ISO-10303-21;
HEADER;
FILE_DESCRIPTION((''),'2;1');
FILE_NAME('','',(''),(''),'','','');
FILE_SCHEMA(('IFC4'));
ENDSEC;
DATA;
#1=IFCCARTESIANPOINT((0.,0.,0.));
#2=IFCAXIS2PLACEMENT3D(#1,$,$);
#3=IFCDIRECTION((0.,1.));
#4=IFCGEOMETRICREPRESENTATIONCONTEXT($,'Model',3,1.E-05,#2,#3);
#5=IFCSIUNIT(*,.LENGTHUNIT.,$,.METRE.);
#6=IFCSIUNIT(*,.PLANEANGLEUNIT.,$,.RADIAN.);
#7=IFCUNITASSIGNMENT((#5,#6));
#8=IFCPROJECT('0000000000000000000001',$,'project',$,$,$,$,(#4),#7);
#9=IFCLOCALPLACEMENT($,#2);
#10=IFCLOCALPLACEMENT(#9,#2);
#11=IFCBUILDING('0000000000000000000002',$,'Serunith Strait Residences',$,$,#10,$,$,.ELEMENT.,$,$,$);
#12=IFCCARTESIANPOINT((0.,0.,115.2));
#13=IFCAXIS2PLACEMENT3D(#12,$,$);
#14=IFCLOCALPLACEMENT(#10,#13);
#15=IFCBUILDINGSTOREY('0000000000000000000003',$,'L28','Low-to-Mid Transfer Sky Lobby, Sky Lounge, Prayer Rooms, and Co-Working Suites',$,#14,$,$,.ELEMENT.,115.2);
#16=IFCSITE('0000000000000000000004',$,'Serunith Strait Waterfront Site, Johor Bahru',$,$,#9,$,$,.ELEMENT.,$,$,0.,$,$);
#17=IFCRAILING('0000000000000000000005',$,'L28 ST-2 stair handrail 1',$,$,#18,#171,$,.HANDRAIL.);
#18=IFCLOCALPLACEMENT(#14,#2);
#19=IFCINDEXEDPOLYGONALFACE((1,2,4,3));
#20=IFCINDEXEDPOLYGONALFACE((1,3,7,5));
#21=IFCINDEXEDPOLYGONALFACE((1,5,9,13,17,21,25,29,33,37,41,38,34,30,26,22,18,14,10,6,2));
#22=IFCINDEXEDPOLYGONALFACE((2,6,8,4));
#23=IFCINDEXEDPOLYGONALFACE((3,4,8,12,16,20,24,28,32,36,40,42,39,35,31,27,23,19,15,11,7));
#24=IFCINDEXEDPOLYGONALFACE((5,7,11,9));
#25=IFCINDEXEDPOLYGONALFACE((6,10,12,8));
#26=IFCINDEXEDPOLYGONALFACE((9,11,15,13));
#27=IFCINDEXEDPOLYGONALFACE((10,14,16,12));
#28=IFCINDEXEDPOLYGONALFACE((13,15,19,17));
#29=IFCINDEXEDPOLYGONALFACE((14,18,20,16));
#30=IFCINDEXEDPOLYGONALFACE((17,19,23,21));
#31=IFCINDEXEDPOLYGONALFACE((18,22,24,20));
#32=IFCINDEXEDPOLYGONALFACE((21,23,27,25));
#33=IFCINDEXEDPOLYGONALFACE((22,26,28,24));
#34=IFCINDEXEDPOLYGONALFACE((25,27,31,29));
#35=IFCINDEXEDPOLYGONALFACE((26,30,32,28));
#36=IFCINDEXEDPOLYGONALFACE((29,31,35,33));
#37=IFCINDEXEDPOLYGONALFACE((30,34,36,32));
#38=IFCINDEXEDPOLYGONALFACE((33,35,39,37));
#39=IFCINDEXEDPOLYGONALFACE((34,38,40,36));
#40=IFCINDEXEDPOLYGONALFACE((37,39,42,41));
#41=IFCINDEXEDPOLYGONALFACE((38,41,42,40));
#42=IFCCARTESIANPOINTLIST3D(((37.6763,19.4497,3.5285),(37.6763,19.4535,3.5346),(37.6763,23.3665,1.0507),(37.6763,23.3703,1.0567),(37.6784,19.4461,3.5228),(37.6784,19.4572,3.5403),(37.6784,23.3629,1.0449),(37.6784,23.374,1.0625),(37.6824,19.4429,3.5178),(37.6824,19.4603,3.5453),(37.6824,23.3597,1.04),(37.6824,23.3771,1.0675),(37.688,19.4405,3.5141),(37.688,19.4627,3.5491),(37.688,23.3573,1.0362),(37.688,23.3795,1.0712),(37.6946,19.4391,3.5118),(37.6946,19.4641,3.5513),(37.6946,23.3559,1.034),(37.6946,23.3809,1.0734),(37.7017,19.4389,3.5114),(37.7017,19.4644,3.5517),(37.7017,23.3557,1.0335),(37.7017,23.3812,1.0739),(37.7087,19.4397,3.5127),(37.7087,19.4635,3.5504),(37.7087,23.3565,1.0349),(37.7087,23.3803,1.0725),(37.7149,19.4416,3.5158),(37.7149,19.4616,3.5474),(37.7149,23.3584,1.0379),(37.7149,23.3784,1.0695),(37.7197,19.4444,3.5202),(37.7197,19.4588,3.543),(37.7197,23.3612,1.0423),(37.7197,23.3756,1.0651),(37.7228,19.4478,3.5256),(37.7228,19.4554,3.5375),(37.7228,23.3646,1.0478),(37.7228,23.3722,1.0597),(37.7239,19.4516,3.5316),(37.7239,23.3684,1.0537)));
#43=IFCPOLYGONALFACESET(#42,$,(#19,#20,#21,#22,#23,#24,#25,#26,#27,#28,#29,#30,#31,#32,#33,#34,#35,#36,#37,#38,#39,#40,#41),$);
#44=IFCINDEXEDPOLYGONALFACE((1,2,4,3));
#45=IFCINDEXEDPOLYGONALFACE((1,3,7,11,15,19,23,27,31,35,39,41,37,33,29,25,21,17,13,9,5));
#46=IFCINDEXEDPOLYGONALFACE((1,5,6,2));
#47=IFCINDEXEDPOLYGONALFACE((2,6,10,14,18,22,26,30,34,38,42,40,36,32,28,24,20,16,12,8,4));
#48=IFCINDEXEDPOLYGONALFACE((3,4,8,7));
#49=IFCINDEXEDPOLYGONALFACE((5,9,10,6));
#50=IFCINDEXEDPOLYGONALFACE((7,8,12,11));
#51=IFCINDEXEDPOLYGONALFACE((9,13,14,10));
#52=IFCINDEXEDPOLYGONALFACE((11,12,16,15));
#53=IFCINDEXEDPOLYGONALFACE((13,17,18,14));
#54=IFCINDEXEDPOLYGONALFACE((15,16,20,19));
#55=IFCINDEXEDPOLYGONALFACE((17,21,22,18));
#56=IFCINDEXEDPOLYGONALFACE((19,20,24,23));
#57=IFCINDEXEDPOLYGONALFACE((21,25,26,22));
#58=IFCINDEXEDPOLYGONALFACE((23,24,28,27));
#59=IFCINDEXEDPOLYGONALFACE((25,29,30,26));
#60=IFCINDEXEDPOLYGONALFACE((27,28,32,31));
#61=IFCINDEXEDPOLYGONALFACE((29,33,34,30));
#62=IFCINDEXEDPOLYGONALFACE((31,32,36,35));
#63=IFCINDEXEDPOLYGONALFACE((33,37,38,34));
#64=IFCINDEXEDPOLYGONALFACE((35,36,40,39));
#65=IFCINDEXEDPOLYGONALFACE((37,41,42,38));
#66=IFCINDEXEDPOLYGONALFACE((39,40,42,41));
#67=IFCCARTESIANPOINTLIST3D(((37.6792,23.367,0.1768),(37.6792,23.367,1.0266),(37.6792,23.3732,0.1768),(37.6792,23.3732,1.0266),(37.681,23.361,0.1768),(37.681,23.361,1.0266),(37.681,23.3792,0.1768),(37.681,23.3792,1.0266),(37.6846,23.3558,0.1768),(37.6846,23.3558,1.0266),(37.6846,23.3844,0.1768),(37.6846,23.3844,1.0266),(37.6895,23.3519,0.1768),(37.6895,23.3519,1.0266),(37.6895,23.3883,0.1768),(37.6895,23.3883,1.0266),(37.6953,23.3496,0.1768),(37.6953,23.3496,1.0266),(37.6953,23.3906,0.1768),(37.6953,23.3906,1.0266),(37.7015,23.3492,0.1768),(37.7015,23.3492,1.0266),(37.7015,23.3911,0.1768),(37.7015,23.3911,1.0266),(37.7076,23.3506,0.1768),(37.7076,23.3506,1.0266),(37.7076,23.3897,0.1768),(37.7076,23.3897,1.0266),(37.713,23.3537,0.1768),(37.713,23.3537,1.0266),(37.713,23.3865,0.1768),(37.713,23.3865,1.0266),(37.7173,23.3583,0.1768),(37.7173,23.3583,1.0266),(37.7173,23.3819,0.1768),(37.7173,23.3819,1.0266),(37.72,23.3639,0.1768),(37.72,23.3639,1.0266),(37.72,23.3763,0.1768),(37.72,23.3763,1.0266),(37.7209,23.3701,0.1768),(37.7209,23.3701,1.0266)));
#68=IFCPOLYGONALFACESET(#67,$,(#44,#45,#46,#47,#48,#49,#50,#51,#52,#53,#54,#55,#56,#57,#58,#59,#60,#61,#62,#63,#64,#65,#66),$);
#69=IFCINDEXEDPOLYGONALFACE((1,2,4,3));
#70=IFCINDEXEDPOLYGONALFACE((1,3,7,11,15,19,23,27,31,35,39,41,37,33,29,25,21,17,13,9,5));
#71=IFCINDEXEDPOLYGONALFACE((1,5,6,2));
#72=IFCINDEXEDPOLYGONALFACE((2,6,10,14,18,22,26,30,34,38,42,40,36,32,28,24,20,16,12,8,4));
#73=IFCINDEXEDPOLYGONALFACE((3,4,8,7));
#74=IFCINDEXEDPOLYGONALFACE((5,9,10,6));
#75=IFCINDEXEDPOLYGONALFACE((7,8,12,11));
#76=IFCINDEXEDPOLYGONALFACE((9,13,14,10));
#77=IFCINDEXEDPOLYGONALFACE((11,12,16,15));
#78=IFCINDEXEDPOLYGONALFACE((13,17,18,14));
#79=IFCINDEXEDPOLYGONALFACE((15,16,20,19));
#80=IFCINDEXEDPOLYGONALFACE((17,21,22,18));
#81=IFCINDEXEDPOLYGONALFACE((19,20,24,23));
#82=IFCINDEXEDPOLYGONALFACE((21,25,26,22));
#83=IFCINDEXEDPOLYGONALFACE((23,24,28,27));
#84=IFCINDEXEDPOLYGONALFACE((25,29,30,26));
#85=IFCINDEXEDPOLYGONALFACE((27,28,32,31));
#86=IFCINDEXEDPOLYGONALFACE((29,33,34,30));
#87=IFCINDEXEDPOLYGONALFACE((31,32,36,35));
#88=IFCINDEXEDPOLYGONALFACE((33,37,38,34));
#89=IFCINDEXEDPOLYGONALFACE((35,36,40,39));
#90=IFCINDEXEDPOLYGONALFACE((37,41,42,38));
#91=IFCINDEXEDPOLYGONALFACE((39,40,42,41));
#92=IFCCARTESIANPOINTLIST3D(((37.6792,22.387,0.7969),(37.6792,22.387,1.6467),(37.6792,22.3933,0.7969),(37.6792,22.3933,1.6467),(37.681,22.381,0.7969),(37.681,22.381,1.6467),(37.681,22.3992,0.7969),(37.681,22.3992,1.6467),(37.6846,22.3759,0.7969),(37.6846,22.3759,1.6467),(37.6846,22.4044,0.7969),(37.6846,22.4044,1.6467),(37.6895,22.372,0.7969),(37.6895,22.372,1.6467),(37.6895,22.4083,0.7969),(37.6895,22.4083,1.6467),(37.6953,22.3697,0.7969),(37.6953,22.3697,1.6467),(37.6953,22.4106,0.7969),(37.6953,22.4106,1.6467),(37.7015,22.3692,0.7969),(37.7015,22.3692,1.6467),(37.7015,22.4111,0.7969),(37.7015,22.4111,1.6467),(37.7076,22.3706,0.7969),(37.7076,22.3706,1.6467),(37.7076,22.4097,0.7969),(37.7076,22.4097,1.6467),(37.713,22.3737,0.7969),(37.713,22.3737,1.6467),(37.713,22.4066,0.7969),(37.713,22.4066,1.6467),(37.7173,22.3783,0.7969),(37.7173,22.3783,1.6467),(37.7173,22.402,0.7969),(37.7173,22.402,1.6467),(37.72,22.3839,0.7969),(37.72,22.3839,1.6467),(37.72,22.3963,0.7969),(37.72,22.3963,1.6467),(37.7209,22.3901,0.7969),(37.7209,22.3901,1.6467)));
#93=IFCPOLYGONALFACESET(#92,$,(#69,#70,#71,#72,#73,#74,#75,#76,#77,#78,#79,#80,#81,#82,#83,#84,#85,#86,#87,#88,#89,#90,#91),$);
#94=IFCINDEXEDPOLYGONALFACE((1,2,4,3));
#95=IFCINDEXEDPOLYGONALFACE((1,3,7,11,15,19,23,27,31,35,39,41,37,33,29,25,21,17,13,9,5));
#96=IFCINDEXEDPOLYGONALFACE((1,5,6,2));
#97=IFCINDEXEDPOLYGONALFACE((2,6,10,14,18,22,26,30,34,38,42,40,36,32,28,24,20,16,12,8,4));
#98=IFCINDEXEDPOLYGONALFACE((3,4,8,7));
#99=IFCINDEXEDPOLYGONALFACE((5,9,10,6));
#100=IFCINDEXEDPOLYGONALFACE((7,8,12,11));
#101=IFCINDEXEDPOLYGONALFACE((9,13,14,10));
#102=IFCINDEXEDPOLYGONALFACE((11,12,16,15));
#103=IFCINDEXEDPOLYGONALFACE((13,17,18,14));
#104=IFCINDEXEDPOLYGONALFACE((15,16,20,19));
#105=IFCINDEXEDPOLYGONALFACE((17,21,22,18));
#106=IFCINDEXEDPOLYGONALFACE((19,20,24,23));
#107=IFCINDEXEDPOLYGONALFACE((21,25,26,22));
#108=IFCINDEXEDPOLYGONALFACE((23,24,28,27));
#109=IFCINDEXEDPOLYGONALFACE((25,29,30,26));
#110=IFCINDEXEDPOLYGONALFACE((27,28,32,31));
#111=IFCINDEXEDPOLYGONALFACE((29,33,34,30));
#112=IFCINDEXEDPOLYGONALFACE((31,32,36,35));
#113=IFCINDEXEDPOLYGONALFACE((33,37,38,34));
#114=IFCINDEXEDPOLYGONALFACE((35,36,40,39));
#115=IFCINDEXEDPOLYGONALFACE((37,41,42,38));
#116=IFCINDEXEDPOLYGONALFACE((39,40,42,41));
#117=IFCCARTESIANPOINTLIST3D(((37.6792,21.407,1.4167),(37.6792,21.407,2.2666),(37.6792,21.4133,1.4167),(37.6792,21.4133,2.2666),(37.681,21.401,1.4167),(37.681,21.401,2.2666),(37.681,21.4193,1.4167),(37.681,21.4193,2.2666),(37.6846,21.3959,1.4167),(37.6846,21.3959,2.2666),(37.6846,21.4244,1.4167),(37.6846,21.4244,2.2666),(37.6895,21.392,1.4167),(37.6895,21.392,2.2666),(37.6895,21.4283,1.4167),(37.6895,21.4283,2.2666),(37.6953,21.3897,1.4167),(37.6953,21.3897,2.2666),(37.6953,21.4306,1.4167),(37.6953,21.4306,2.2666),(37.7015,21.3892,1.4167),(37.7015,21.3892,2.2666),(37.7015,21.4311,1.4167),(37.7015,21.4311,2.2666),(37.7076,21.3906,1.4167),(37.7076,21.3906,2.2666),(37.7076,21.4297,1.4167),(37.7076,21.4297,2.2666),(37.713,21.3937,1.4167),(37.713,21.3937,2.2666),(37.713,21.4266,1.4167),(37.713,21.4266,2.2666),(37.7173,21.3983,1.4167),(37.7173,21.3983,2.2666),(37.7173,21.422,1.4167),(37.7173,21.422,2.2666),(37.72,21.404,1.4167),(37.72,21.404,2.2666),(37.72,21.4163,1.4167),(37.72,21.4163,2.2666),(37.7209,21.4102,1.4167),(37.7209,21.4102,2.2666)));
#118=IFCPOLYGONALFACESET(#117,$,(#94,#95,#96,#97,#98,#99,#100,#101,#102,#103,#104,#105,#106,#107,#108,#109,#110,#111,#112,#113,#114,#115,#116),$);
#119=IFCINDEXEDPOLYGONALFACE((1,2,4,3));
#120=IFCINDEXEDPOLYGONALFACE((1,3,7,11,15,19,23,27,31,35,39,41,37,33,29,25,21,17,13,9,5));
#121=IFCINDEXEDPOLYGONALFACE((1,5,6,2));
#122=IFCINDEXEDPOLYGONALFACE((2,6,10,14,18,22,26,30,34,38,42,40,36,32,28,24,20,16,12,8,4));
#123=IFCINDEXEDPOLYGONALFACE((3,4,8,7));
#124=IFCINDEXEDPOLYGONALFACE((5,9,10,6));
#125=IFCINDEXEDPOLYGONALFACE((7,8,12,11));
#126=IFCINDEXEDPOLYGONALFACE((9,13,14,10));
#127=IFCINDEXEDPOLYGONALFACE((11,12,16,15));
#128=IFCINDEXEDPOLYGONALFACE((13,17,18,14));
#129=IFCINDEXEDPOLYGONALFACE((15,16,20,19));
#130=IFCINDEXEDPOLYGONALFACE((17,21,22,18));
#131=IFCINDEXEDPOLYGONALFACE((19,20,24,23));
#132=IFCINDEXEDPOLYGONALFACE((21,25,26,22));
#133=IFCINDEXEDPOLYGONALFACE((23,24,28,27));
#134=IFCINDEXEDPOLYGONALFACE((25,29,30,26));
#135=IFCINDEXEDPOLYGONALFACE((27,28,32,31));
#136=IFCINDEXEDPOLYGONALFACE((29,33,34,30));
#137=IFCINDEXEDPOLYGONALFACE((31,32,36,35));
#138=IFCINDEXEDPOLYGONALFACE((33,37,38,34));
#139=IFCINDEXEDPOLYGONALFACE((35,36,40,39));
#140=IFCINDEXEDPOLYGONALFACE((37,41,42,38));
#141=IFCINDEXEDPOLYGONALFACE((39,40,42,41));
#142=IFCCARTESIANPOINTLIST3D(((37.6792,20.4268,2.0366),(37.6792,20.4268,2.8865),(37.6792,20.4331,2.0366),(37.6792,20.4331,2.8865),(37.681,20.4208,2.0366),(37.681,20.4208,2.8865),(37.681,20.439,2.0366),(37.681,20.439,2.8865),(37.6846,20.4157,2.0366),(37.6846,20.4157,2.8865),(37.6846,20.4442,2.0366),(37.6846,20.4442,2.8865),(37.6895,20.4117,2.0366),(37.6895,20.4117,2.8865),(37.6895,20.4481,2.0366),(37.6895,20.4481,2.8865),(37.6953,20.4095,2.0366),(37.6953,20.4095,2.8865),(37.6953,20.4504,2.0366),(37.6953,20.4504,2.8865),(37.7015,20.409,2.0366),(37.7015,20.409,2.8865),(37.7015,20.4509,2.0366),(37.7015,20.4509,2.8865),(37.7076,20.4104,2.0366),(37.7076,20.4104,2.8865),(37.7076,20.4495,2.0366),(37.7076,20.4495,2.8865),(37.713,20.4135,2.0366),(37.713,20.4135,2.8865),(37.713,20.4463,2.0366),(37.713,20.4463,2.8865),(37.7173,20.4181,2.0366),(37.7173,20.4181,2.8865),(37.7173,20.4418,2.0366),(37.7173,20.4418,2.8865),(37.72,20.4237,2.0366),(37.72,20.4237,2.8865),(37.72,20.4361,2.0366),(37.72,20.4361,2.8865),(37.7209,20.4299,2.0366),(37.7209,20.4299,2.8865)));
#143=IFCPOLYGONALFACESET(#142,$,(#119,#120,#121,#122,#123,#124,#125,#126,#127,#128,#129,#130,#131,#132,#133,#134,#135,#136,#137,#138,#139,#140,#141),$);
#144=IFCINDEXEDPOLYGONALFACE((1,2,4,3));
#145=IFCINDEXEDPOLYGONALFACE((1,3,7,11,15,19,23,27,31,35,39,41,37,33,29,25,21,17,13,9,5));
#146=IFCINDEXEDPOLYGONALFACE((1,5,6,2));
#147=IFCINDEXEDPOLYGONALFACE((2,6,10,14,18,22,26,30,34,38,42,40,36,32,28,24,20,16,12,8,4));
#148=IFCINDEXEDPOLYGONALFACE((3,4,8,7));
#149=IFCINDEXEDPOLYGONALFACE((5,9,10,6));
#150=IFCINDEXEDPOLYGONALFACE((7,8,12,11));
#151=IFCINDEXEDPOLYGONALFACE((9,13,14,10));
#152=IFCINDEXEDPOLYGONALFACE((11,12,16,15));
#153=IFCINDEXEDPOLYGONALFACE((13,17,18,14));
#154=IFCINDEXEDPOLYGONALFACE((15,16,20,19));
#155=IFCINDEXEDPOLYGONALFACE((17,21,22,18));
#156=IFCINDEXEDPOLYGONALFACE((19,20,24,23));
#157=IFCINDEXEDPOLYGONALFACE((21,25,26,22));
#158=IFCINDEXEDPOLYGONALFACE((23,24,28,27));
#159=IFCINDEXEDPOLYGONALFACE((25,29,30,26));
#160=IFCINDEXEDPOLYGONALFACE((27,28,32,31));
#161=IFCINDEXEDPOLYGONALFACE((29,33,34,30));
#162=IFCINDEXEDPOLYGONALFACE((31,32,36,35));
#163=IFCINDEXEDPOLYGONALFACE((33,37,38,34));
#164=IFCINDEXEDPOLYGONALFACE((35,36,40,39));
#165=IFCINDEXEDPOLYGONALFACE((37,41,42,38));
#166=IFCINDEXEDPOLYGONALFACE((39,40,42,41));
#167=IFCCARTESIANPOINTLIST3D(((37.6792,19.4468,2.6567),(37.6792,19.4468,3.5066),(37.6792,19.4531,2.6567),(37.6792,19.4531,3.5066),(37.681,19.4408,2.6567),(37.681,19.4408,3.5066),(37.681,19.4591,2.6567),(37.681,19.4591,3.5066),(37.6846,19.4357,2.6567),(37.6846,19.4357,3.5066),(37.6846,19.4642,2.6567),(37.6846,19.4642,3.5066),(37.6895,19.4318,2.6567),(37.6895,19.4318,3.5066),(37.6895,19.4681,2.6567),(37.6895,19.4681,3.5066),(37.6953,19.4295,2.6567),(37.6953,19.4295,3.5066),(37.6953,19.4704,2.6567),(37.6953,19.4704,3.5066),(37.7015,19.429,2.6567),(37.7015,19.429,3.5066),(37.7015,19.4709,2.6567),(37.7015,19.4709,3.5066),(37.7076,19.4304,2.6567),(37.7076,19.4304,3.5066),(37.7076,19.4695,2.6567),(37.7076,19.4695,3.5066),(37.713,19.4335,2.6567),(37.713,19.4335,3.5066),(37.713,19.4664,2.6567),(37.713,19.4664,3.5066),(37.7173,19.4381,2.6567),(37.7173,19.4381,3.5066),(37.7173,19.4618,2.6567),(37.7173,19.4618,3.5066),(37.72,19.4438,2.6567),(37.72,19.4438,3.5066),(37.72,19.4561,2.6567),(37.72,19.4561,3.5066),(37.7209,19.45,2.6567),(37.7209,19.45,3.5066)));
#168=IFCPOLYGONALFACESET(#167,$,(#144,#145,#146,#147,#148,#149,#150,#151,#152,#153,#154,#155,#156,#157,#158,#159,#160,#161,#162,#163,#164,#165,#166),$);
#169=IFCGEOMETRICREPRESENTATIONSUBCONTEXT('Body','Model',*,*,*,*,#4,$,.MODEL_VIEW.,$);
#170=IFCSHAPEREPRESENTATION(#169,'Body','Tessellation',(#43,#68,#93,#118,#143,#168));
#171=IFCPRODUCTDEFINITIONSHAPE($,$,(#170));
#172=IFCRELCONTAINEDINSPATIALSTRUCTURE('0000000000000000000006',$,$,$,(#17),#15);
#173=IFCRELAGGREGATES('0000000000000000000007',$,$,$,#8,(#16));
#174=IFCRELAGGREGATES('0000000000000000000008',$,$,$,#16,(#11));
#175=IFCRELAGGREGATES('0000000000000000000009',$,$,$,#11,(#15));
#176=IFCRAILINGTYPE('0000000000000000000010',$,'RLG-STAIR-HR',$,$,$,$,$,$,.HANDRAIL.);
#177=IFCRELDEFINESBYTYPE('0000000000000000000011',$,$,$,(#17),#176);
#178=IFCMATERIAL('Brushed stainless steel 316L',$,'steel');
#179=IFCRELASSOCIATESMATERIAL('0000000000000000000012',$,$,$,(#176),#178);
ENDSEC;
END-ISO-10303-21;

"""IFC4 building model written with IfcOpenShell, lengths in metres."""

from ifc_helpers import new_model, si_unit, direction, frame, origin, origin_2d, place, context, subcontext, project, spatial, circle, extrude, material, type_object, element, save


model = new_model("IFC4")

# Units and contexts
model_context = context("Model", 3, precision=1e-05, world=origin(), true_north=direction((0.0, 1.0)))
body_context = subcontext(model_context, "Body", "Model", "MODEL_VIEW")
ifc_project = project(units=[si_unit("LENGTHUNIT", "METRE"), si_unit("PLANEANGLEUNIT", "RADIAN")], contexts=[model_context])

# Site, building, storey
site_placement = place(None, origin())
site = spatial("IfcSite", under=ifc_project, at=site_placement, Name="Serunith Strait Waterfront Site, Johor Bahru", CompositionType="ELEMENT", RefElevation=0.0)
building_placement = place(site_placement, origin())
building = spatial("IfcBuilding", under=site, at=building_placement, Name="Serunith Strait Residences", CompositionType="ELEMENT")
storey_placement = place(building_placement, frame((0.0, 0.0, 115.2)))
storey = spatial("IfcBuildingStorey", under=building, at=storey_placement, Name="L28", Description="Low-to-Mid Transfer Sky Lobby, Sky Lounge, Prayer Rooms, and Co-Working Suites", CompositionType="ELEMENT", Elevation=115.2)

# Railing
ifc_material_1 = material(Name="Brushed stainless steel 316L", Category="steel")
railing_type_1 = type_object("IfcRailingType", Name="RLG-STAIR-HR", PredefinedType="HANDRAIL", material=ifc_material_1)
railing_1_placement = place(storey_placement, frame((37.7, 23.3701, 0.1768)))
element("IfcRailing", 1, at=railing_1_placement, inside=storey, type_object=railing_type_1, Name="L28 ST-2 stair handrail 1", PredefinedType="HANDRAIL", context=body_context, shape_type="SweptSolid", body=[
    extrude(circle(Radius=0.0239, at=origin_2d()), frame((0.0, -0.0017, 0.877), z_axis=(0.0, -0.845091, 0.534623), x_axis=(1.0, 0.0, 0.0)), (0.0, 0.0, 1.0), 4.6348),
    extrude(circle(Radius=0.021, at=origin_2d()), origin(), (0.0, 0.0, 1.0), 0.8499),
    extrude(circle(Radius=0.021, at=origin_2d()), frame((0.0, -0.98, 0.6201)), (0.0, 0.0, 1.0), 0.8499),
    extrude(circle(Radius=0.021, at=origin_2d()), frame((0.0, -1.96, 1.24)), (0.0, 0.0, 1.0), 0.8499),
    extrude(circle(Radius=0.021, at=origin_2d()), frame((0.0, -2.9402, 1.8599)), (0.0, 0.0, 1.0), 0.8499),
    extrude(circle(Radius=0.021, at=origin_2d()), frame((0.0, -3.9202, 2.48)), (0.0, 0.0, 1.0), 0.8499),
])

save(model, "model.ifc")
